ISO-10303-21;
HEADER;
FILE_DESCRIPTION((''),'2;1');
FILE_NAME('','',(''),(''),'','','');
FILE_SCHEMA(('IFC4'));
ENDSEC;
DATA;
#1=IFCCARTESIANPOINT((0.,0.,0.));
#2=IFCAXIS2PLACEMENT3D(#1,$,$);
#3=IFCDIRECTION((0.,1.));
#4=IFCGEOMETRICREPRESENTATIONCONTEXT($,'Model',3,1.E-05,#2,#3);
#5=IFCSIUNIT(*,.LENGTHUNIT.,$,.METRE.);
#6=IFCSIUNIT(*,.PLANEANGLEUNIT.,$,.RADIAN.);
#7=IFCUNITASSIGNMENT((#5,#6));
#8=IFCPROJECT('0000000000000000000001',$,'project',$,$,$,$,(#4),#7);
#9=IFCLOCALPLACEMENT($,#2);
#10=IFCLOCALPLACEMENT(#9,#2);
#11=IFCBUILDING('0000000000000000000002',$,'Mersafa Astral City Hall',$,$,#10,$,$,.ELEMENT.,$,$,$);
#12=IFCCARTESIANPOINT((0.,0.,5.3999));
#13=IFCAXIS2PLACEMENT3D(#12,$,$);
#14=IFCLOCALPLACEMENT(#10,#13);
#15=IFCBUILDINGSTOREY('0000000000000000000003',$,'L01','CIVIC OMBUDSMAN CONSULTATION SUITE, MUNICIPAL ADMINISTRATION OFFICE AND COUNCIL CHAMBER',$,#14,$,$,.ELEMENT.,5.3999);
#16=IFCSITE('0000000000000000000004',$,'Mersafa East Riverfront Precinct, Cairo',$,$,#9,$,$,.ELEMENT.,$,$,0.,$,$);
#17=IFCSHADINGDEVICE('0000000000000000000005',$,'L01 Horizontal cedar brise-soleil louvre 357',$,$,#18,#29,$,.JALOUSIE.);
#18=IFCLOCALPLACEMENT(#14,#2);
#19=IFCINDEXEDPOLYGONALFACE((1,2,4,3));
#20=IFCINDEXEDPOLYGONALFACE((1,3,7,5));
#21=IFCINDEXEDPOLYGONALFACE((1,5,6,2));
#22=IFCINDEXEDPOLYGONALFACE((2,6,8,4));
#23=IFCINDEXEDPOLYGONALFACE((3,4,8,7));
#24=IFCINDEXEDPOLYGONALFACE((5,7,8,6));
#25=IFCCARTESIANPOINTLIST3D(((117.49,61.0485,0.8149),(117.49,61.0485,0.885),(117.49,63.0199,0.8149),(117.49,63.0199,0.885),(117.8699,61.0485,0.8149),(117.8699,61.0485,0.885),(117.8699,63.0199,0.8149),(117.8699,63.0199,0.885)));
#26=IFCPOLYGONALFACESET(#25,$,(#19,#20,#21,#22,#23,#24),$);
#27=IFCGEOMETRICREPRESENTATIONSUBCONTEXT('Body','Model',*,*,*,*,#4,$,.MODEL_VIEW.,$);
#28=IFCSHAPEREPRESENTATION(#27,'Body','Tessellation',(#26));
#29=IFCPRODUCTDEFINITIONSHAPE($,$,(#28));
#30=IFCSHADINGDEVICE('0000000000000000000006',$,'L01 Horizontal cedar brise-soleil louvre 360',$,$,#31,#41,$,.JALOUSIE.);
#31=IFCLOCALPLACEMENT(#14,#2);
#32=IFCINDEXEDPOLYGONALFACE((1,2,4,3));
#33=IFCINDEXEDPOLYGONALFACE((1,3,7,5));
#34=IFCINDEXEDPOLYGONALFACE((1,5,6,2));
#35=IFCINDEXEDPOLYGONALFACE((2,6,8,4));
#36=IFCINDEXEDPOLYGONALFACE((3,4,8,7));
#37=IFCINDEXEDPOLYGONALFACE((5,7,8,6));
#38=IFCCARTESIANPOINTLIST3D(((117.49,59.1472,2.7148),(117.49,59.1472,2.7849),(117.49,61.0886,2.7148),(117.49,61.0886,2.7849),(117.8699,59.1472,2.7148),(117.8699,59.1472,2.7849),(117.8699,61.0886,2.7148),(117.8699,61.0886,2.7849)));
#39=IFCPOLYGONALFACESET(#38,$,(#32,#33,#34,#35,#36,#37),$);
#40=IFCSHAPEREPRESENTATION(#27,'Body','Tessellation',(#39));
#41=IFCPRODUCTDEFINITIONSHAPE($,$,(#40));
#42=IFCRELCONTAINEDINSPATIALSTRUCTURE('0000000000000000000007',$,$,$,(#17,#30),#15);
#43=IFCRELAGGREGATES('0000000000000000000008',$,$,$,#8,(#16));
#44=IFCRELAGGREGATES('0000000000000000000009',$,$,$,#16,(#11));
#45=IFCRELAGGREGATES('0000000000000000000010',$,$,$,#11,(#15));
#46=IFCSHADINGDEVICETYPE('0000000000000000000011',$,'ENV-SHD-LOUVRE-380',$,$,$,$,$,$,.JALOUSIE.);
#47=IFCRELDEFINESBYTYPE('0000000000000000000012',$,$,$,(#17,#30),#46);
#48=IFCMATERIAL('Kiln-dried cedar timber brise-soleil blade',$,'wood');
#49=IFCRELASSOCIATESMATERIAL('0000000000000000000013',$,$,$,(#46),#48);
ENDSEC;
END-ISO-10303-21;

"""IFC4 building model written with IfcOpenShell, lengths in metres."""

from ifc_helpers import new_model, si_unit, direction, frame, origin, origin_2d, place, context, subcontext, project, spatial, rectangle, extrude, material, type_object, element, save


model = new_model("IFC4")

# Units and contexts
model_context = context("Model", 3, precision=1e-05, world=origin(), true_north=direction((0.0, 1.0)))
body_context = subcontext(model_context, "Body", "Model", "MODEL_VIEW")
ifc_project = project(units=[si_unit("LENGTHUNIT", "METRE"), si_unit("PLANEANGLEUNIT", "RADIAN")], contexts=[model_context])

# Site, building, storey
site_placement = place(None, origin())
site = spatial("IfcSite", under=ifc_project, at=site_placement, Name="Mersafa East Riverfront Precinct, Cairo", CompositionType="ELEMENT", RefElevation=0.0)
building_placement = place(site_placement, origin())
building = spatial("IfcBuilding", under=site, at=building_placement, Name="Mersafa Astral City Hall", CompositionType="ELEMENT")
storey_placement = place(building_placement, frame((0.0, 0.0, 5.3999)))
storey = spatial("IfcBuildingStorey", under=building, at=storey_placement, Name="L01", Description="CIVIC OMBUDSMAN CONSULTATION SUITE, MUNICIPAL ADMINISTRATION OFFICE AND COUNCIL CHAMBER", CompositionType="ELEMENT", Elevation=5.3999)

# Shading devices
ifc_material_1 = material(Name="Kiln-dried cedar timber brise-soleil blade", Category="wood")
shading_device_type_1 = type_object("IfcShadingDeviceType", Name="ENV-SHD-LOUVRE-380", PredefinedType="JALOUSIE", material=ifc_material_1)
shading_device_1_placement = place(storey_placement, frame((117.6799, 62.0342, 0.8149), z_axis=(0.0, 0.0, 1.0), x_axis=(0.0, 1.0, 0.0)))
element("IfcShadingDevice", 1, at=shading_device_1_placement, inside=storey, type_object=shading_device_type_1, Name="L01 Horizontal cedar brise-soleil louvre 357", PredefinedType="JALOUSIE", context=body_context, shape_type="SweptSolid", body=[
    extrude(rectangle(XDim=1.9714, YDim=0.3799, at=origin_2d()), origin(), (0.0, 0.0, 1.0), 0.0701),
])
shading_device_2_placement = place(storey_placement, frame((117.6799, 60.1179, 2.7148), z_axis=(0.0, 0.0, 1.0), x_axis=(0.0, 1.0, 0.0)))
element("IfcShadingDevice", 2, at=shading_device_2_placement, inside=storey, type_object=shading_device_type_1, Name="L01 Horizontal cedar brise-soleil louvre 360", PredefinedType="JALOUSIE", context=body_context, shape_type="SweptSolid", body=[
    extrude(rectangle(XDim=1.9414, YDim=0.3799, at=origin_2d()), origin(), (0.0, 0.0, 1.0), 0.0701),
])

save(model, "model.ifc")
